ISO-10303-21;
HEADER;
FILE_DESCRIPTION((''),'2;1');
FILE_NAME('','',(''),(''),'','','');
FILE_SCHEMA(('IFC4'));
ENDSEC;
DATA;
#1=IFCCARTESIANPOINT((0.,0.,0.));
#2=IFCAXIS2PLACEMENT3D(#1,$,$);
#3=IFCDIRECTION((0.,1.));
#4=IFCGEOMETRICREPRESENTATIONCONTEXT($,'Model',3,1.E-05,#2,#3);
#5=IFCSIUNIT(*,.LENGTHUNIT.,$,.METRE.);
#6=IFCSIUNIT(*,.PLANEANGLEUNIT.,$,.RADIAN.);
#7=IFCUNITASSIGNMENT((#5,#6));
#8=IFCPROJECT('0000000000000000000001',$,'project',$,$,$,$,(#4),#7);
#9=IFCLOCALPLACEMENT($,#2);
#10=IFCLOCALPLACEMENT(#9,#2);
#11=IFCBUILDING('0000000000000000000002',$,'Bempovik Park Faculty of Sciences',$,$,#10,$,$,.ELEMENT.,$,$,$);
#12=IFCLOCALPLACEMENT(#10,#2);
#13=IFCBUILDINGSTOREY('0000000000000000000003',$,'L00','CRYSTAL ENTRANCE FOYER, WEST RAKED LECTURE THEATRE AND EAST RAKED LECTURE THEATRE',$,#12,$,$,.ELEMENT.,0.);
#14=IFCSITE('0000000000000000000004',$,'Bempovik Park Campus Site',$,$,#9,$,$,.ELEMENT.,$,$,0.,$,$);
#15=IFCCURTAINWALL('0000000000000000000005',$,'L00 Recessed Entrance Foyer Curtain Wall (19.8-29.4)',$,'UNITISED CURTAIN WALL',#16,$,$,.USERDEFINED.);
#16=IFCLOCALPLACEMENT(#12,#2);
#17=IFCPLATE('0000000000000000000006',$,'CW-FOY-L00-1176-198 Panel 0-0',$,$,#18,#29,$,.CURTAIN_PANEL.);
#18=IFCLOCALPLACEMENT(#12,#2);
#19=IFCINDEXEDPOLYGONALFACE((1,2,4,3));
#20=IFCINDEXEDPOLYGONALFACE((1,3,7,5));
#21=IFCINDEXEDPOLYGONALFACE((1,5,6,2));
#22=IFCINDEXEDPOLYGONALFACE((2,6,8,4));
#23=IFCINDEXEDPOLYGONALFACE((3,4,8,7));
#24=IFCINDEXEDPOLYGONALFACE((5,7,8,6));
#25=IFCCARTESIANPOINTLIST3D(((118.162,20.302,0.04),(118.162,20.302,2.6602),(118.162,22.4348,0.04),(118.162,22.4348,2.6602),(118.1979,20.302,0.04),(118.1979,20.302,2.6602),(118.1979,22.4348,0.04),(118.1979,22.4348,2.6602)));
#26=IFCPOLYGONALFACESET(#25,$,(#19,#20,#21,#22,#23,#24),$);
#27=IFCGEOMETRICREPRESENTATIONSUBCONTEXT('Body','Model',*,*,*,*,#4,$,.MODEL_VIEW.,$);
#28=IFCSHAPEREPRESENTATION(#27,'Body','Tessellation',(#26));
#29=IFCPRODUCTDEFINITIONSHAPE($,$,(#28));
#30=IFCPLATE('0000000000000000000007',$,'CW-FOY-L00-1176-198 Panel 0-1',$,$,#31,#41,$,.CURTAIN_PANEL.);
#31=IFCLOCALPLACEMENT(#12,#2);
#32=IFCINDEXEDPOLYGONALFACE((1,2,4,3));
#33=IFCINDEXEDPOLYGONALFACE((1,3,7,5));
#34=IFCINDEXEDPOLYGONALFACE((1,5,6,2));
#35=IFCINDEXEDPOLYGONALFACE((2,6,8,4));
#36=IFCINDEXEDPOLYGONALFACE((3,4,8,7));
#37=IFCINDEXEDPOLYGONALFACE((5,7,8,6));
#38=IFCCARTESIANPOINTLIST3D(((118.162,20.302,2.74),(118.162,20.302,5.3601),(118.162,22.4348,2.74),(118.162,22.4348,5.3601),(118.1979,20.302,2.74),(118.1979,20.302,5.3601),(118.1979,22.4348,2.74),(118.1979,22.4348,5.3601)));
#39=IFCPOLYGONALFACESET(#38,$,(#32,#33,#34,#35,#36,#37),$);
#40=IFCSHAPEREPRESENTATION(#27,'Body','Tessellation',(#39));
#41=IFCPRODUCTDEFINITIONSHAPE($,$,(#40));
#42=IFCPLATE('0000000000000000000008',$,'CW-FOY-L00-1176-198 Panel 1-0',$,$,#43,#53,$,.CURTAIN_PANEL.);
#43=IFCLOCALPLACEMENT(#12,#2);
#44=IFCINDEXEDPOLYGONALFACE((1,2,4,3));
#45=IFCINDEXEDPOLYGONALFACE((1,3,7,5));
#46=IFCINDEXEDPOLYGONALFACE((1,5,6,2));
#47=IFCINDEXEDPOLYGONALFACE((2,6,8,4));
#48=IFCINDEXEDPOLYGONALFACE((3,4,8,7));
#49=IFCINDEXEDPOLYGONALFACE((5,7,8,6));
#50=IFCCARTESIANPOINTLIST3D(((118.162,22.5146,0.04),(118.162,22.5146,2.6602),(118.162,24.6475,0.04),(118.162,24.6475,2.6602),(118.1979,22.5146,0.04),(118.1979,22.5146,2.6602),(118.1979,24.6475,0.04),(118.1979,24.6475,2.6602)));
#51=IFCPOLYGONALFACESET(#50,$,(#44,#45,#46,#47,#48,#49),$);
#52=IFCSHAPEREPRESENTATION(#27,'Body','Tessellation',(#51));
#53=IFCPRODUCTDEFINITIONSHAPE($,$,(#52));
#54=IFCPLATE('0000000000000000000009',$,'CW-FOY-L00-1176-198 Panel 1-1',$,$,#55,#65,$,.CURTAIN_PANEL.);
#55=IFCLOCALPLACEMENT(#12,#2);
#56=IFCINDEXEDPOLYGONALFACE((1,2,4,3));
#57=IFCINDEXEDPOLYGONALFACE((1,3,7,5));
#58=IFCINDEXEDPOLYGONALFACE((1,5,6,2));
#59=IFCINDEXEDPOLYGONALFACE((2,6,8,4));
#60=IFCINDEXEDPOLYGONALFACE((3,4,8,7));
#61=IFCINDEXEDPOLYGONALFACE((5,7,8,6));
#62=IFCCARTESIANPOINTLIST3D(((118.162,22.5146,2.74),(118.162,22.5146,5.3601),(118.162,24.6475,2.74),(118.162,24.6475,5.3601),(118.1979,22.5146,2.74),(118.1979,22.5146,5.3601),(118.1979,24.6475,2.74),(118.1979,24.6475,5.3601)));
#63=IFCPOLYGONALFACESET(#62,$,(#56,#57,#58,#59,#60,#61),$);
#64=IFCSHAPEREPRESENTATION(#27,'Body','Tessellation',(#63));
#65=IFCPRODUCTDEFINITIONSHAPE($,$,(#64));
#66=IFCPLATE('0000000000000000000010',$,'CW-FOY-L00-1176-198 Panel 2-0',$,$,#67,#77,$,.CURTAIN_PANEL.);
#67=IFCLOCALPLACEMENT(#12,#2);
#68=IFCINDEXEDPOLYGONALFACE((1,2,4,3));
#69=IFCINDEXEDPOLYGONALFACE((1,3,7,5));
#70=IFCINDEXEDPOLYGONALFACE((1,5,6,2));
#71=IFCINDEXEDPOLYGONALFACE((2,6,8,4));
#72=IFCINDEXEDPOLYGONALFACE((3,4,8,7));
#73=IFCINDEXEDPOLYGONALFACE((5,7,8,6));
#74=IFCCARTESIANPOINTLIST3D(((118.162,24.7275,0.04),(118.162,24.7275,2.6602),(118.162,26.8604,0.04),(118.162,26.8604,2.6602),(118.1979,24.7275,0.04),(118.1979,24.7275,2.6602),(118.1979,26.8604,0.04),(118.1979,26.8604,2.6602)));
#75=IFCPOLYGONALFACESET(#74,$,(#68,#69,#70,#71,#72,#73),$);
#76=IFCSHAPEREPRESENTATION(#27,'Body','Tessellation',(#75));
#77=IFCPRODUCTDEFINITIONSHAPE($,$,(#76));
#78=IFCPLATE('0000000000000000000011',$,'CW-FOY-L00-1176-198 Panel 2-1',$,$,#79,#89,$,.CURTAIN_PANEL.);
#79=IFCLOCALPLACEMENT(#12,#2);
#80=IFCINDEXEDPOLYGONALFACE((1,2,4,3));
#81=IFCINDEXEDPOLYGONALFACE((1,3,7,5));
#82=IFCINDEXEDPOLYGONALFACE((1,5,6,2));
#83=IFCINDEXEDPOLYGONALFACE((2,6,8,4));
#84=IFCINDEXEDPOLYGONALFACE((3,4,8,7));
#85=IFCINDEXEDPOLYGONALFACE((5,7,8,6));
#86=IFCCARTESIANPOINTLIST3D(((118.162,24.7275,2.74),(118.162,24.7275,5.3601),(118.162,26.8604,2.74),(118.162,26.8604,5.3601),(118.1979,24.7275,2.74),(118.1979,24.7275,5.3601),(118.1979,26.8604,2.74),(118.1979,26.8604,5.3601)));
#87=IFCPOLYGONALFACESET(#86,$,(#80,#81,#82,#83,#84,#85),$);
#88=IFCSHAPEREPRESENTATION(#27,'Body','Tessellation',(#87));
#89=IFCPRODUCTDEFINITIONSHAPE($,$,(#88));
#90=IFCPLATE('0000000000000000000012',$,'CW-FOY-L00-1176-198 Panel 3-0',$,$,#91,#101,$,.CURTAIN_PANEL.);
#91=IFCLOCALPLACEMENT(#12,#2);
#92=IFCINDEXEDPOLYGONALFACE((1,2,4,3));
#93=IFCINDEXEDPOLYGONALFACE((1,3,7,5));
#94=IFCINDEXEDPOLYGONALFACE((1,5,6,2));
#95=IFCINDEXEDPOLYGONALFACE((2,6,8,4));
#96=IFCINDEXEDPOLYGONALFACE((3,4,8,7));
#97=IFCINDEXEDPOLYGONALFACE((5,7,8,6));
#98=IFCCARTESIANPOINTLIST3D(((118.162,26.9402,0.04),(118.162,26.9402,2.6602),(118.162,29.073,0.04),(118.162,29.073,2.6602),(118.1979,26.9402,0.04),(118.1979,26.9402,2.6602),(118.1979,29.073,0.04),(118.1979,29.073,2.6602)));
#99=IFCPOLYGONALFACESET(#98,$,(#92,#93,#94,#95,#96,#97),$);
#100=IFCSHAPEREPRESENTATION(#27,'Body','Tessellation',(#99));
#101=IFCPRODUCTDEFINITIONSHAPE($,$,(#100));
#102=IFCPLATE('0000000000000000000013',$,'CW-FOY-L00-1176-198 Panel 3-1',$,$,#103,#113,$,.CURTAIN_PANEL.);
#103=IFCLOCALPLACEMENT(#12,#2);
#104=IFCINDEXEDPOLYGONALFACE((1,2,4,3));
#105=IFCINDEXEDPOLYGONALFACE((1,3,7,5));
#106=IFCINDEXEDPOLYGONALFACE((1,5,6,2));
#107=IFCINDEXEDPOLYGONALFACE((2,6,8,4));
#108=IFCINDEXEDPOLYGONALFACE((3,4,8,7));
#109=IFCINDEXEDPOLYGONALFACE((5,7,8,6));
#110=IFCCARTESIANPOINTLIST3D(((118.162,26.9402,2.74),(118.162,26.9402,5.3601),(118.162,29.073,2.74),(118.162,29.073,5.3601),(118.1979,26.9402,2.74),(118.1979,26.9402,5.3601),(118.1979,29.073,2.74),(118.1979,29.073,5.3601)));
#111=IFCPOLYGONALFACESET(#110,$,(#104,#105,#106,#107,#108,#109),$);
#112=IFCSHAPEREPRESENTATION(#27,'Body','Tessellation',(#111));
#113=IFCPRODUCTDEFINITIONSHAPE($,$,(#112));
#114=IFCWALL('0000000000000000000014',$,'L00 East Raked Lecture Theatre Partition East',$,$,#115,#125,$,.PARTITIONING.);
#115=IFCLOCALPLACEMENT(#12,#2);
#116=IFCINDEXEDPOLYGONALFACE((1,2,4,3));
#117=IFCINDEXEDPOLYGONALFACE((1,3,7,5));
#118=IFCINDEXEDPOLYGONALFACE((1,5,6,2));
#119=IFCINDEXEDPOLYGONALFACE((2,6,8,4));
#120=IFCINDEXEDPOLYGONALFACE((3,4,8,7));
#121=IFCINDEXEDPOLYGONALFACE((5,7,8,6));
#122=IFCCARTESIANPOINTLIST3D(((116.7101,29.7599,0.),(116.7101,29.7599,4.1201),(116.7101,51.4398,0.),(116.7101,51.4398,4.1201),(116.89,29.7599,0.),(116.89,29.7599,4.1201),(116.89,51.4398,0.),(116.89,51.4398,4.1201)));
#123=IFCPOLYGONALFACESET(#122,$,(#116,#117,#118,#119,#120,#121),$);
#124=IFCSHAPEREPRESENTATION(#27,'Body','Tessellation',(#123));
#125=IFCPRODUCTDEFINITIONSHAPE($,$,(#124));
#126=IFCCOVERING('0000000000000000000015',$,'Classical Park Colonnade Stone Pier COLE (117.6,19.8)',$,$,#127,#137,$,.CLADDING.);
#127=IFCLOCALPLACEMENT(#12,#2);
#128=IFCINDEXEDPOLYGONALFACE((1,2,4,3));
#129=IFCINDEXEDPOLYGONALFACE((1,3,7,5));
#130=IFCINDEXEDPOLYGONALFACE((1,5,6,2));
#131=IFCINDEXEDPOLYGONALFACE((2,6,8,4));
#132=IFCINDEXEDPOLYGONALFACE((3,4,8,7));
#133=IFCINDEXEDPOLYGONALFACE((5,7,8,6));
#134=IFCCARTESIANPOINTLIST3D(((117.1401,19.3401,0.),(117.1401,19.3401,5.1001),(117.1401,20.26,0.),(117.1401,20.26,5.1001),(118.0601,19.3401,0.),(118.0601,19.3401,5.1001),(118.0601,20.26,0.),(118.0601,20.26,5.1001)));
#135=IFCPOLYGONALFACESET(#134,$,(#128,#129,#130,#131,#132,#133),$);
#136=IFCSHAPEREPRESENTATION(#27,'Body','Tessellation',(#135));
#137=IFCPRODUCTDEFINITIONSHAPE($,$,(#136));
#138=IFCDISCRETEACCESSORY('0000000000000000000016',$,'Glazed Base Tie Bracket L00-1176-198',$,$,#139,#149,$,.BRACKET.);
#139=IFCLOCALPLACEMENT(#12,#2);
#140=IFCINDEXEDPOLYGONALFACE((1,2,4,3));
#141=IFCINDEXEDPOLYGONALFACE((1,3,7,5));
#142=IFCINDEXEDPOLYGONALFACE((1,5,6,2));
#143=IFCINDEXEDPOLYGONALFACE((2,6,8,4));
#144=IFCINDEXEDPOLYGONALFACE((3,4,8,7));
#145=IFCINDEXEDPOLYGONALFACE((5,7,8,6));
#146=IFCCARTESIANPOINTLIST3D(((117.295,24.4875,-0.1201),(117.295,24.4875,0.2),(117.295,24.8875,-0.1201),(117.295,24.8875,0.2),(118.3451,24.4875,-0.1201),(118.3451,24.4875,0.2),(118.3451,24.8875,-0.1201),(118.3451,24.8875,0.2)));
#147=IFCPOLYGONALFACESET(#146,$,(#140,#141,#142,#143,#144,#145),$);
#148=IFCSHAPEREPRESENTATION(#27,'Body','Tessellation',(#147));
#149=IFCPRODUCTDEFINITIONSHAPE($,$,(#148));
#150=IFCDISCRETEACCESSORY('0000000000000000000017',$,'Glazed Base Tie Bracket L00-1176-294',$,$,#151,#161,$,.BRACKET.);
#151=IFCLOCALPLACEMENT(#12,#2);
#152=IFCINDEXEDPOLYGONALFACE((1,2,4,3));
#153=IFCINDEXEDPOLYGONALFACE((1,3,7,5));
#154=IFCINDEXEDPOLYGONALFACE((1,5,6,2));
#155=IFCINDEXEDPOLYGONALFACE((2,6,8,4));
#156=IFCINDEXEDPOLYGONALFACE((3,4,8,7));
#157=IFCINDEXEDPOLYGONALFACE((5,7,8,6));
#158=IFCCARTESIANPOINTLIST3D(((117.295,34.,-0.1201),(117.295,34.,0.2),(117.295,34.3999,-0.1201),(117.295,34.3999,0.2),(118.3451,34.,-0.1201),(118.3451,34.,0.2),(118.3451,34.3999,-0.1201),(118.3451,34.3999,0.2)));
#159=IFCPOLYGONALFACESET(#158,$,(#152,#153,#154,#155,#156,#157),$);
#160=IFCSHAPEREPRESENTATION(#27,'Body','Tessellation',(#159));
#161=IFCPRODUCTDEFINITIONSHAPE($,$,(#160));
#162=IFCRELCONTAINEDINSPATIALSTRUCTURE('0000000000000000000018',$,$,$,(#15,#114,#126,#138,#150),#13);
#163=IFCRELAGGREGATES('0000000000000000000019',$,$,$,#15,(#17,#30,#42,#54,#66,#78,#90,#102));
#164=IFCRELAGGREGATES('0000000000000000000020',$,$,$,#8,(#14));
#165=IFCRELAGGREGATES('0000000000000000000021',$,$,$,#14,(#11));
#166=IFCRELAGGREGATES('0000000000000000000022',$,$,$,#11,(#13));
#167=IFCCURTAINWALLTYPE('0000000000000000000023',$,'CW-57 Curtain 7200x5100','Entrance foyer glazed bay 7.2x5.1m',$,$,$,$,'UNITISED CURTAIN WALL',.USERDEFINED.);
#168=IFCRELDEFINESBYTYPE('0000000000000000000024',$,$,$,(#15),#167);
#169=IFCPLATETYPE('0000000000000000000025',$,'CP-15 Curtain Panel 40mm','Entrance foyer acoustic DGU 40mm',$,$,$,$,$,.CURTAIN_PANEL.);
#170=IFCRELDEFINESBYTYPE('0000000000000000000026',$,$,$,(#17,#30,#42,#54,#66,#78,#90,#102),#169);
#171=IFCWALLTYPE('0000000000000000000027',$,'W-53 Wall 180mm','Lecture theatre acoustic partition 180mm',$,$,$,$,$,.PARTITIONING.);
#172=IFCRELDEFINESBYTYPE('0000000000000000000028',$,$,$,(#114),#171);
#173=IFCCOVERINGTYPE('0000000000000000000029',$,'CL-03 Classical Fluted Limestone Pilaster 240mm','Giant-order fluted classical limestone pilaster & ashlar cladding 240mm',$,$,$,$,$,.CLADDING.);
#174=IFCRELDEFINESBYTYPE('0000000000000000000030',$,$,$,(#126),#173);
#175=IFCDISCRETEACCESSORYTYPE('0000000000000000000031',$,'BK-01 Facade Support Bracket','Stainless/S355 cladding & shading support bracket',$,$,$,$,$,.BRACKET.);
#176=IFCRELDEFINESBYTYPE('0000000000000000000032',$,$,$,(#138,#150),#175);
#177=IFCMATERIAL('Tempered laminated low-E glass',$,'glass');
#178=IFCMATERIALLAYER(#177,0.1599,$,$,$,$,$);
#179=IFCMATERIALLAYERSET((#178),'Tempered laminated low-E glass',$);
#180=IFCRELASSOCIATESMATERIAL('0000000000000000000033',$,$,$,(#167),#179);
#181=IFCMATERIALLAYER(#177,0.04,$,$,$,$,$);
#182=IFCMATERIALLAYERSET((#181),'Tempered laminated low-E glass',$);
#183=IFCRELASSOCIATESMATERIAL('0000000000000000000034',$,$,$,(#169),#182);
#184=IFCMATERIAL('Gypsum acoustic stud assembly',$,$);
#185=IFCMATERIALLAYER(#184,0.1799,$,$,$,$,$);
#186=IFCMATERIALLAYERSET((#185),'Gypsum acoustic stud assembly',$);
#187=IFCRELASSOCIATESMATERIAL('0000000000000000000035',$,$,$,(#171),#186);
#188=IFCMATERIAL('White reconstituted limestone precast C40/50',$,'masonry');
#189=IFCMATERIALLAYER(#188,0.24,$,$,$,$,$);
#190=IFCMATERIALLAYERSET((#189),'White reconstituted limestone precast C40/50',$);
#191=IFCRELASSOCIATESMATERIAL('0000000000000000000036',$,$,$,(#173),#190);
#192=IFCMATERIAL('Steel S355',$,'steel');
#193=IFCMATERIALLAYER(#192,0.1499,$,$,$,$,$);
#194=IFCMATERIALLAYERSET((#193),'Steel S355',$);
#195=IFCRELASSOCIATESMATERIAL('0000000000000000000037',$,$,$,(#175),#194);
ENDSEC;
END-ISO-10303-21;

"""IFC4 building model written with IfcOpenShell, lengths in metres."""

from ifc_helpers import new_model, si_unit, direction, frame, frame_2d, origin, origin_2d, place, context, subcontext, project, spatial, rectangle, extrude, material, layer, layer_set, type_object, element, aggregate, save


model = new_model("IFC4")

# Units and contexts
model_context = context("Model", 3, precision=1e-05, world=origin(), true_north=direction((0.0, 1.0)))
body_context = subcontext(model_context, "Body", "Model", "MODEL_VIEW")
ifc_project = project(units=[si_unit("LENGTHUNIT", "METRE"), si_unit("PLANEANGLEUNIT", "RADIAN")], contexts=[model_context])

# Site, building, storey
site_placement = place(None, origin())
site = spatial("IfcSite", under=ifc_project, at=site_placement, Name="Bempovik Park Campus Site", CompositionType="ELEMENT", RefElevation=0.0)
building_placement = place(site_placement, origin())
building = spatial("IfcBuilding", under=site, at=building_placement, Name="Bempovik Park Faculty of Sciences", CompositionType="ELEMENT")
storey_placement = place(building_placement, origin())
storey = spatial("IfcBuildingStorey", under=building, at=storey_placement, Name="L00", Description="CRYSTAL ENTRANCE FOYER, WEST RAKED LECTURE THEATRE AND EAST RAKED LECTURE THEATRE", CompositionType="ELEMENT", Elevation=0.0)

# Shared definitions
ifc_material_1 = material(Name="Steel S355", Category="steel")

# Curtain wall
ifc_material_2 = material(Name="Tempered laminated low-E glass", Category="glass")
ifc_layer_1 = layer(ifc_material_2, 0.1599)
ifc_layer_set_1 = layer_set([ifc_layer_1], Name="Tempered laminated low-E glass")
curtain_wall_type = type_object("IfcCurtainWallType", Name="CW-57 Curtain 7200x5100", Description="Entrance foyer glazed bay 7.2x5.1m", ElementType="UNITISED CURTAIN WALL", PredefinedType="USERDEFINED", material=ifc_layer_set_1)
curtain_wall_1_placement = place(storey_placement, origin())
curtain_wall_1 = element("IfcCurtainWall", 1, at=curtain_wall_1_placement, inside=storey, type_object=curtain_wall_type, Name="L00 Recessed Entrance Foyer Curtain Wall (19.8-29.4)", ObjectType="UNITISED CURTAIN WALL", PredefinedType="USERDEFINED")

# Plates
ifc_layer_2 = layer(ifc_material_2, 0.04)
ifc_layer_set_2 = layer_set([ifc_layer_2], Name="Tempered laminated low-E glass")
plate_type = type_object("IfcPlateType", Name="CP-15 Curtain Panel 40mm", Description="Entrance foyer acoustic DGU 40mm", PredefinedType="CURTAIN_PANEL", material=ifc_layer_set_2)
plate_1_placement = place(storey_placement, frame((118.1799, 21.3684, 0.04), z_axis=(0.0, 0.0, 1.0), x_axis=(0.0, 1.0, 0.0)))
plate_1 = element("IfcPlate", 2, at=plate_1_placement, type_object=plate_type, Name="CW-FOY-L00-1176-198 Panel 0-0", PredefinedType="CURTAIN_PANEL", context=body_context, shape_type="SweptSolid", body=[
    extrude(rectangle(XDim=2.1328, YDim=0.0359, at=origin_2d()), origin(), (0.0, 0.0, 1.0), 2.6201),
])
plate_2_placement = place(storey_placement, frame((118.1799, 21.3684, 2.74), z_axis=(0.0, 0.0, 1.0), x_axis=(0.0, 1.0, 0.0)))
plate_2 = element("IfcPlate", 3, at=plate_2_placement, type_object=plate_type, Name="CW-FOY-L00-1176-198 Panel 0-1", PredefinedType="CURTAIN_PANEL", context=body_context, shape_type="SweptSolid", body=[
    extrude(rectangle(XDim=2.1328, YDim=0.0359, at=origin_2d()), origin(), (0.0, 0.0, 1.0), 2.6201),
])
plate_3_placement = place(storey_placement, frame((118.1799, 23.5811, 0.04), z_axis=(0.0, 0.0, 1.0), x_axis=(0.0, 1.0, 0.0)))
plate_3 = element("IfcPlate", 4, at=plate_3_placement, type_object=plate_type, Name="CW-FOY-L00-1176-198 Panel 1-0", PredefinedType="CURTAIN_PANEL", context=body_context, shape_type="SweptSolid", body=[
    extrude(rectangle(XDim=2.1328, YDim=0.0359, at=origin_2d()), origin(), (0.0, 0.0, 1.0), 2.6201),
])
plate_4_placement = place(storey_placement, frame((118.1799, 23.5811, 2.74), z_axis=(0.0, 0.0, 1.0), x_axis=(0.0, 1.0, 0.0)))
plate_4 = element("IfcPlate", 5, at=plate_4_placement, type_object=plate_type, Name="CW-FOY-L00-1176-198 Panel 1-1", PredefinedType="CURTAIN_PANEL", context=body_context, shape_type="SweptSolid", body=[
    extrude(rectangle(XDim=2.1328, YDim=0.0359, at=origin_2d()), origin(), (0.0, 0.0, 1.0), 2.6201),
])
plate_5_placement = place(storey_placement, frame((118.1799, 25.7939, 0.04), z_axis=(0.0, 0.0, 1.0), x_axis=(0.0, 1.0, 0.0)))
plate_5 = element("IfcPlate", 6, at=plate_5_placement, type_object=plate_type, Name="CW-FOY-L00-1176-198 Panel 2-0", PredefinedType="CURTAIN_PANEL", context=body_context, shape_type="SweptSolid", body=[
    extrude(rectangle(XDim=2.1328, YDim=0.0359, at=origin_2d()), origin(), (0.0, 0.0, 1.0), 2.6201),
])
plate_6_placement = place(storey_placement, frame((118.1799, 25.7939, 2.74), z_axis=(0.0, 0.0, 1.0), x_axis=(0.0, 1.0, 0.0)))
plate_6 = element("IfcPlate", 7, at=plate_6_placement, type_object=plate_type, Name="CW-FOY-L00-1176-198 Panel 2-1", PredefinedType="CURTAIN_PANEL", context=body_context, shape_type="SweptSolid", body=[
    extrude(rectangle(XDim=2.1328, YDim=0.0359, at=origin_2d()), origin(), (0.0, 0.0, 1.0), 2.6201),
])
plate_7_placement = place(storey_placement, frame((118.1799, 28.0066, 0.04), z_axis=(0.0, 0.0, 1.0), x_axis=(0.0, 1.0, 0.0)))
plate_7 = element("IfcPlate", 8, at=plate_7_placement, type_object=plate_type, Name="CW-FOY-L00-1176-198 Panel 3-0", PredefinedType="CURTAIN_PANEL", context=body_context, shape_type="SweptSolid", body=[
    extrude(rectangle(XDim=2.1328, YDim=0.0359, at=origin_2d()), origin(), (0.0, 0.0, 1.0), 2.6201),
])
plate_8_placement = place(storey_placement, frame((118.1799, 28.0066, 2.74), z_axis=(0.0, 0.0, 1.0), x_axis=(0.0, 1.0, 0.0)))
plate_8 = element("IfcPlate", 9, at=plate_8_placement, type_object=plate_type, Name="CW-FOY-L00-1176-198 Panel 3-1", PredefinedType="CURTAIN_PANEL", context=body_context, shape_type="SweptSolid", body=[
    extrude(rectangle(XDim=2.1328, YDim=0.0359, at=origin_2d()), origin(), (0.0, 0.0, 1.0), 2.6201),
])
aggregate(curtain_wall_1, [plate_1, plate_2, plate_3, plate_4, plate_5, plate_6, plate_7, plate_8])

# Wall
ifc_material_3 = material(Name="Gypsum acoustic stud assembly")
ifc_layer_3 = layer(ifc_material_3, 0.1799)
ifc_layer_set_3 = layer_set([ifc_layer_3], Name="Gypsum acoustic stud assembly")
wall_type = type_object("IfcWallType", Name="W-53 Wall 180mm", Description="Lecture theatre acoustic partition 180mm", PredefinedType="PARTITIONING", material=ifc_layer_set_3)
wall_placement = place(storey_placement, frame((116.8, 29.76, 0.0), z_axis=(0.0, 0.0, 1.0), x_axis=(0.0, 1.0, 0.0)))
element("IfcWall", 10, at=wall_placement, inside=storey, type_object=wall_type, Name="L00 East Raked Lecture Theatre Partition East", PredefinedType="PARTITIONING", context=body_context, shape_type="SweptSolid", body=[
    extrude(rectangle(XDim=21.6799, YDim=0.1799, at=frame_2d((10.8398, 0.0))), origin(), (0.0, 0.0, 1.0), 4.1201),
])

# Covering
ifc_material_4 = material(Name="White reconstituted limestone precast C40/50", Category="masonry")
ifc_layer_4 = layer(ifc_material_4, 0.24)
ifc_layer_set_4 = layer_set([ifc_layer_4], Name="White reconstituted limestone precast C40/50")
covering_type = type_object("IfcCoveringType", Name="CL-03 Classical Fluted Limestone Pilaster 240mm", Description="Giant-order fluted classical limestone pilaster & ashlar cladding 240mm", PredefinedType="CLADDING", material=ifc_layer_set_4)
covering_placement = place(storey_placement, frame((117.6001, 19.8, 0.0), z_axis=(0.0, 0.0, 1.0), x_axis=(1.0, 0.0, 0.0)))
element("IfcCovering", 11, at=covering_placement, inside=storey, type_object=covering_type, Name="Classical Park Colonnade Stone Pier COLE (117.6,19.8)", PredefinedType="CLADDING", context=body_context, shape_type="SweptSolid", body=[
    extrude(rectangle(XDim=0.9199, YDim=0.9199, at=origin_2d()), origin(), (0.0, 0.0, 1.0), 5.1001),
])

# Discrete accessories
ifc_layer_5 = layer(ifc_material_1, 0.1499)
ifc_layer_set_5 = layer_set([ifc_layer_5], Name="Steel S355")
discrete_accessory_type = type_object("IfcDiscreteAccessoryType", Name="BK-01 Facade Support Bracket", Description="Stainless/S355 cladding & shading support bracket", PredefinedType="BRACKET", material=ifc_layer_set_5)
for number, where, z_axis, x_axis, name in (
    (12, (117.8201, 24.6875, -0.1201), (0.0, 0.0, 1.0), (1.0, 0.0, 0.0), "Glazed Base Tie Bracket L00-1176-198"),
    (13, (117.8201, 34.2, -0.1201), (0.0, 0.0, 1.0), (1.0, 0.0, 0.0), "Glazed Base Tie Bracket L00-1176-294"),
):
    element("IfcDiscreteAccessory", number, at=place(storey_placement, frame(where, z_axis=z_axis, x_axis=x_axis)), inside=storey, type_object=discrete_accessory_type, Name=name, PredefinedType="BRACKET", context=body_context, shape_type="SweptSolid", body=[
        extrude(rectangle(XDim=1.05, YDim=0.3999, at=origin_2d()), origin(), (0.0, 0.0, 1.0), 0.3201),
    ])

save(model, "model.ifc")
